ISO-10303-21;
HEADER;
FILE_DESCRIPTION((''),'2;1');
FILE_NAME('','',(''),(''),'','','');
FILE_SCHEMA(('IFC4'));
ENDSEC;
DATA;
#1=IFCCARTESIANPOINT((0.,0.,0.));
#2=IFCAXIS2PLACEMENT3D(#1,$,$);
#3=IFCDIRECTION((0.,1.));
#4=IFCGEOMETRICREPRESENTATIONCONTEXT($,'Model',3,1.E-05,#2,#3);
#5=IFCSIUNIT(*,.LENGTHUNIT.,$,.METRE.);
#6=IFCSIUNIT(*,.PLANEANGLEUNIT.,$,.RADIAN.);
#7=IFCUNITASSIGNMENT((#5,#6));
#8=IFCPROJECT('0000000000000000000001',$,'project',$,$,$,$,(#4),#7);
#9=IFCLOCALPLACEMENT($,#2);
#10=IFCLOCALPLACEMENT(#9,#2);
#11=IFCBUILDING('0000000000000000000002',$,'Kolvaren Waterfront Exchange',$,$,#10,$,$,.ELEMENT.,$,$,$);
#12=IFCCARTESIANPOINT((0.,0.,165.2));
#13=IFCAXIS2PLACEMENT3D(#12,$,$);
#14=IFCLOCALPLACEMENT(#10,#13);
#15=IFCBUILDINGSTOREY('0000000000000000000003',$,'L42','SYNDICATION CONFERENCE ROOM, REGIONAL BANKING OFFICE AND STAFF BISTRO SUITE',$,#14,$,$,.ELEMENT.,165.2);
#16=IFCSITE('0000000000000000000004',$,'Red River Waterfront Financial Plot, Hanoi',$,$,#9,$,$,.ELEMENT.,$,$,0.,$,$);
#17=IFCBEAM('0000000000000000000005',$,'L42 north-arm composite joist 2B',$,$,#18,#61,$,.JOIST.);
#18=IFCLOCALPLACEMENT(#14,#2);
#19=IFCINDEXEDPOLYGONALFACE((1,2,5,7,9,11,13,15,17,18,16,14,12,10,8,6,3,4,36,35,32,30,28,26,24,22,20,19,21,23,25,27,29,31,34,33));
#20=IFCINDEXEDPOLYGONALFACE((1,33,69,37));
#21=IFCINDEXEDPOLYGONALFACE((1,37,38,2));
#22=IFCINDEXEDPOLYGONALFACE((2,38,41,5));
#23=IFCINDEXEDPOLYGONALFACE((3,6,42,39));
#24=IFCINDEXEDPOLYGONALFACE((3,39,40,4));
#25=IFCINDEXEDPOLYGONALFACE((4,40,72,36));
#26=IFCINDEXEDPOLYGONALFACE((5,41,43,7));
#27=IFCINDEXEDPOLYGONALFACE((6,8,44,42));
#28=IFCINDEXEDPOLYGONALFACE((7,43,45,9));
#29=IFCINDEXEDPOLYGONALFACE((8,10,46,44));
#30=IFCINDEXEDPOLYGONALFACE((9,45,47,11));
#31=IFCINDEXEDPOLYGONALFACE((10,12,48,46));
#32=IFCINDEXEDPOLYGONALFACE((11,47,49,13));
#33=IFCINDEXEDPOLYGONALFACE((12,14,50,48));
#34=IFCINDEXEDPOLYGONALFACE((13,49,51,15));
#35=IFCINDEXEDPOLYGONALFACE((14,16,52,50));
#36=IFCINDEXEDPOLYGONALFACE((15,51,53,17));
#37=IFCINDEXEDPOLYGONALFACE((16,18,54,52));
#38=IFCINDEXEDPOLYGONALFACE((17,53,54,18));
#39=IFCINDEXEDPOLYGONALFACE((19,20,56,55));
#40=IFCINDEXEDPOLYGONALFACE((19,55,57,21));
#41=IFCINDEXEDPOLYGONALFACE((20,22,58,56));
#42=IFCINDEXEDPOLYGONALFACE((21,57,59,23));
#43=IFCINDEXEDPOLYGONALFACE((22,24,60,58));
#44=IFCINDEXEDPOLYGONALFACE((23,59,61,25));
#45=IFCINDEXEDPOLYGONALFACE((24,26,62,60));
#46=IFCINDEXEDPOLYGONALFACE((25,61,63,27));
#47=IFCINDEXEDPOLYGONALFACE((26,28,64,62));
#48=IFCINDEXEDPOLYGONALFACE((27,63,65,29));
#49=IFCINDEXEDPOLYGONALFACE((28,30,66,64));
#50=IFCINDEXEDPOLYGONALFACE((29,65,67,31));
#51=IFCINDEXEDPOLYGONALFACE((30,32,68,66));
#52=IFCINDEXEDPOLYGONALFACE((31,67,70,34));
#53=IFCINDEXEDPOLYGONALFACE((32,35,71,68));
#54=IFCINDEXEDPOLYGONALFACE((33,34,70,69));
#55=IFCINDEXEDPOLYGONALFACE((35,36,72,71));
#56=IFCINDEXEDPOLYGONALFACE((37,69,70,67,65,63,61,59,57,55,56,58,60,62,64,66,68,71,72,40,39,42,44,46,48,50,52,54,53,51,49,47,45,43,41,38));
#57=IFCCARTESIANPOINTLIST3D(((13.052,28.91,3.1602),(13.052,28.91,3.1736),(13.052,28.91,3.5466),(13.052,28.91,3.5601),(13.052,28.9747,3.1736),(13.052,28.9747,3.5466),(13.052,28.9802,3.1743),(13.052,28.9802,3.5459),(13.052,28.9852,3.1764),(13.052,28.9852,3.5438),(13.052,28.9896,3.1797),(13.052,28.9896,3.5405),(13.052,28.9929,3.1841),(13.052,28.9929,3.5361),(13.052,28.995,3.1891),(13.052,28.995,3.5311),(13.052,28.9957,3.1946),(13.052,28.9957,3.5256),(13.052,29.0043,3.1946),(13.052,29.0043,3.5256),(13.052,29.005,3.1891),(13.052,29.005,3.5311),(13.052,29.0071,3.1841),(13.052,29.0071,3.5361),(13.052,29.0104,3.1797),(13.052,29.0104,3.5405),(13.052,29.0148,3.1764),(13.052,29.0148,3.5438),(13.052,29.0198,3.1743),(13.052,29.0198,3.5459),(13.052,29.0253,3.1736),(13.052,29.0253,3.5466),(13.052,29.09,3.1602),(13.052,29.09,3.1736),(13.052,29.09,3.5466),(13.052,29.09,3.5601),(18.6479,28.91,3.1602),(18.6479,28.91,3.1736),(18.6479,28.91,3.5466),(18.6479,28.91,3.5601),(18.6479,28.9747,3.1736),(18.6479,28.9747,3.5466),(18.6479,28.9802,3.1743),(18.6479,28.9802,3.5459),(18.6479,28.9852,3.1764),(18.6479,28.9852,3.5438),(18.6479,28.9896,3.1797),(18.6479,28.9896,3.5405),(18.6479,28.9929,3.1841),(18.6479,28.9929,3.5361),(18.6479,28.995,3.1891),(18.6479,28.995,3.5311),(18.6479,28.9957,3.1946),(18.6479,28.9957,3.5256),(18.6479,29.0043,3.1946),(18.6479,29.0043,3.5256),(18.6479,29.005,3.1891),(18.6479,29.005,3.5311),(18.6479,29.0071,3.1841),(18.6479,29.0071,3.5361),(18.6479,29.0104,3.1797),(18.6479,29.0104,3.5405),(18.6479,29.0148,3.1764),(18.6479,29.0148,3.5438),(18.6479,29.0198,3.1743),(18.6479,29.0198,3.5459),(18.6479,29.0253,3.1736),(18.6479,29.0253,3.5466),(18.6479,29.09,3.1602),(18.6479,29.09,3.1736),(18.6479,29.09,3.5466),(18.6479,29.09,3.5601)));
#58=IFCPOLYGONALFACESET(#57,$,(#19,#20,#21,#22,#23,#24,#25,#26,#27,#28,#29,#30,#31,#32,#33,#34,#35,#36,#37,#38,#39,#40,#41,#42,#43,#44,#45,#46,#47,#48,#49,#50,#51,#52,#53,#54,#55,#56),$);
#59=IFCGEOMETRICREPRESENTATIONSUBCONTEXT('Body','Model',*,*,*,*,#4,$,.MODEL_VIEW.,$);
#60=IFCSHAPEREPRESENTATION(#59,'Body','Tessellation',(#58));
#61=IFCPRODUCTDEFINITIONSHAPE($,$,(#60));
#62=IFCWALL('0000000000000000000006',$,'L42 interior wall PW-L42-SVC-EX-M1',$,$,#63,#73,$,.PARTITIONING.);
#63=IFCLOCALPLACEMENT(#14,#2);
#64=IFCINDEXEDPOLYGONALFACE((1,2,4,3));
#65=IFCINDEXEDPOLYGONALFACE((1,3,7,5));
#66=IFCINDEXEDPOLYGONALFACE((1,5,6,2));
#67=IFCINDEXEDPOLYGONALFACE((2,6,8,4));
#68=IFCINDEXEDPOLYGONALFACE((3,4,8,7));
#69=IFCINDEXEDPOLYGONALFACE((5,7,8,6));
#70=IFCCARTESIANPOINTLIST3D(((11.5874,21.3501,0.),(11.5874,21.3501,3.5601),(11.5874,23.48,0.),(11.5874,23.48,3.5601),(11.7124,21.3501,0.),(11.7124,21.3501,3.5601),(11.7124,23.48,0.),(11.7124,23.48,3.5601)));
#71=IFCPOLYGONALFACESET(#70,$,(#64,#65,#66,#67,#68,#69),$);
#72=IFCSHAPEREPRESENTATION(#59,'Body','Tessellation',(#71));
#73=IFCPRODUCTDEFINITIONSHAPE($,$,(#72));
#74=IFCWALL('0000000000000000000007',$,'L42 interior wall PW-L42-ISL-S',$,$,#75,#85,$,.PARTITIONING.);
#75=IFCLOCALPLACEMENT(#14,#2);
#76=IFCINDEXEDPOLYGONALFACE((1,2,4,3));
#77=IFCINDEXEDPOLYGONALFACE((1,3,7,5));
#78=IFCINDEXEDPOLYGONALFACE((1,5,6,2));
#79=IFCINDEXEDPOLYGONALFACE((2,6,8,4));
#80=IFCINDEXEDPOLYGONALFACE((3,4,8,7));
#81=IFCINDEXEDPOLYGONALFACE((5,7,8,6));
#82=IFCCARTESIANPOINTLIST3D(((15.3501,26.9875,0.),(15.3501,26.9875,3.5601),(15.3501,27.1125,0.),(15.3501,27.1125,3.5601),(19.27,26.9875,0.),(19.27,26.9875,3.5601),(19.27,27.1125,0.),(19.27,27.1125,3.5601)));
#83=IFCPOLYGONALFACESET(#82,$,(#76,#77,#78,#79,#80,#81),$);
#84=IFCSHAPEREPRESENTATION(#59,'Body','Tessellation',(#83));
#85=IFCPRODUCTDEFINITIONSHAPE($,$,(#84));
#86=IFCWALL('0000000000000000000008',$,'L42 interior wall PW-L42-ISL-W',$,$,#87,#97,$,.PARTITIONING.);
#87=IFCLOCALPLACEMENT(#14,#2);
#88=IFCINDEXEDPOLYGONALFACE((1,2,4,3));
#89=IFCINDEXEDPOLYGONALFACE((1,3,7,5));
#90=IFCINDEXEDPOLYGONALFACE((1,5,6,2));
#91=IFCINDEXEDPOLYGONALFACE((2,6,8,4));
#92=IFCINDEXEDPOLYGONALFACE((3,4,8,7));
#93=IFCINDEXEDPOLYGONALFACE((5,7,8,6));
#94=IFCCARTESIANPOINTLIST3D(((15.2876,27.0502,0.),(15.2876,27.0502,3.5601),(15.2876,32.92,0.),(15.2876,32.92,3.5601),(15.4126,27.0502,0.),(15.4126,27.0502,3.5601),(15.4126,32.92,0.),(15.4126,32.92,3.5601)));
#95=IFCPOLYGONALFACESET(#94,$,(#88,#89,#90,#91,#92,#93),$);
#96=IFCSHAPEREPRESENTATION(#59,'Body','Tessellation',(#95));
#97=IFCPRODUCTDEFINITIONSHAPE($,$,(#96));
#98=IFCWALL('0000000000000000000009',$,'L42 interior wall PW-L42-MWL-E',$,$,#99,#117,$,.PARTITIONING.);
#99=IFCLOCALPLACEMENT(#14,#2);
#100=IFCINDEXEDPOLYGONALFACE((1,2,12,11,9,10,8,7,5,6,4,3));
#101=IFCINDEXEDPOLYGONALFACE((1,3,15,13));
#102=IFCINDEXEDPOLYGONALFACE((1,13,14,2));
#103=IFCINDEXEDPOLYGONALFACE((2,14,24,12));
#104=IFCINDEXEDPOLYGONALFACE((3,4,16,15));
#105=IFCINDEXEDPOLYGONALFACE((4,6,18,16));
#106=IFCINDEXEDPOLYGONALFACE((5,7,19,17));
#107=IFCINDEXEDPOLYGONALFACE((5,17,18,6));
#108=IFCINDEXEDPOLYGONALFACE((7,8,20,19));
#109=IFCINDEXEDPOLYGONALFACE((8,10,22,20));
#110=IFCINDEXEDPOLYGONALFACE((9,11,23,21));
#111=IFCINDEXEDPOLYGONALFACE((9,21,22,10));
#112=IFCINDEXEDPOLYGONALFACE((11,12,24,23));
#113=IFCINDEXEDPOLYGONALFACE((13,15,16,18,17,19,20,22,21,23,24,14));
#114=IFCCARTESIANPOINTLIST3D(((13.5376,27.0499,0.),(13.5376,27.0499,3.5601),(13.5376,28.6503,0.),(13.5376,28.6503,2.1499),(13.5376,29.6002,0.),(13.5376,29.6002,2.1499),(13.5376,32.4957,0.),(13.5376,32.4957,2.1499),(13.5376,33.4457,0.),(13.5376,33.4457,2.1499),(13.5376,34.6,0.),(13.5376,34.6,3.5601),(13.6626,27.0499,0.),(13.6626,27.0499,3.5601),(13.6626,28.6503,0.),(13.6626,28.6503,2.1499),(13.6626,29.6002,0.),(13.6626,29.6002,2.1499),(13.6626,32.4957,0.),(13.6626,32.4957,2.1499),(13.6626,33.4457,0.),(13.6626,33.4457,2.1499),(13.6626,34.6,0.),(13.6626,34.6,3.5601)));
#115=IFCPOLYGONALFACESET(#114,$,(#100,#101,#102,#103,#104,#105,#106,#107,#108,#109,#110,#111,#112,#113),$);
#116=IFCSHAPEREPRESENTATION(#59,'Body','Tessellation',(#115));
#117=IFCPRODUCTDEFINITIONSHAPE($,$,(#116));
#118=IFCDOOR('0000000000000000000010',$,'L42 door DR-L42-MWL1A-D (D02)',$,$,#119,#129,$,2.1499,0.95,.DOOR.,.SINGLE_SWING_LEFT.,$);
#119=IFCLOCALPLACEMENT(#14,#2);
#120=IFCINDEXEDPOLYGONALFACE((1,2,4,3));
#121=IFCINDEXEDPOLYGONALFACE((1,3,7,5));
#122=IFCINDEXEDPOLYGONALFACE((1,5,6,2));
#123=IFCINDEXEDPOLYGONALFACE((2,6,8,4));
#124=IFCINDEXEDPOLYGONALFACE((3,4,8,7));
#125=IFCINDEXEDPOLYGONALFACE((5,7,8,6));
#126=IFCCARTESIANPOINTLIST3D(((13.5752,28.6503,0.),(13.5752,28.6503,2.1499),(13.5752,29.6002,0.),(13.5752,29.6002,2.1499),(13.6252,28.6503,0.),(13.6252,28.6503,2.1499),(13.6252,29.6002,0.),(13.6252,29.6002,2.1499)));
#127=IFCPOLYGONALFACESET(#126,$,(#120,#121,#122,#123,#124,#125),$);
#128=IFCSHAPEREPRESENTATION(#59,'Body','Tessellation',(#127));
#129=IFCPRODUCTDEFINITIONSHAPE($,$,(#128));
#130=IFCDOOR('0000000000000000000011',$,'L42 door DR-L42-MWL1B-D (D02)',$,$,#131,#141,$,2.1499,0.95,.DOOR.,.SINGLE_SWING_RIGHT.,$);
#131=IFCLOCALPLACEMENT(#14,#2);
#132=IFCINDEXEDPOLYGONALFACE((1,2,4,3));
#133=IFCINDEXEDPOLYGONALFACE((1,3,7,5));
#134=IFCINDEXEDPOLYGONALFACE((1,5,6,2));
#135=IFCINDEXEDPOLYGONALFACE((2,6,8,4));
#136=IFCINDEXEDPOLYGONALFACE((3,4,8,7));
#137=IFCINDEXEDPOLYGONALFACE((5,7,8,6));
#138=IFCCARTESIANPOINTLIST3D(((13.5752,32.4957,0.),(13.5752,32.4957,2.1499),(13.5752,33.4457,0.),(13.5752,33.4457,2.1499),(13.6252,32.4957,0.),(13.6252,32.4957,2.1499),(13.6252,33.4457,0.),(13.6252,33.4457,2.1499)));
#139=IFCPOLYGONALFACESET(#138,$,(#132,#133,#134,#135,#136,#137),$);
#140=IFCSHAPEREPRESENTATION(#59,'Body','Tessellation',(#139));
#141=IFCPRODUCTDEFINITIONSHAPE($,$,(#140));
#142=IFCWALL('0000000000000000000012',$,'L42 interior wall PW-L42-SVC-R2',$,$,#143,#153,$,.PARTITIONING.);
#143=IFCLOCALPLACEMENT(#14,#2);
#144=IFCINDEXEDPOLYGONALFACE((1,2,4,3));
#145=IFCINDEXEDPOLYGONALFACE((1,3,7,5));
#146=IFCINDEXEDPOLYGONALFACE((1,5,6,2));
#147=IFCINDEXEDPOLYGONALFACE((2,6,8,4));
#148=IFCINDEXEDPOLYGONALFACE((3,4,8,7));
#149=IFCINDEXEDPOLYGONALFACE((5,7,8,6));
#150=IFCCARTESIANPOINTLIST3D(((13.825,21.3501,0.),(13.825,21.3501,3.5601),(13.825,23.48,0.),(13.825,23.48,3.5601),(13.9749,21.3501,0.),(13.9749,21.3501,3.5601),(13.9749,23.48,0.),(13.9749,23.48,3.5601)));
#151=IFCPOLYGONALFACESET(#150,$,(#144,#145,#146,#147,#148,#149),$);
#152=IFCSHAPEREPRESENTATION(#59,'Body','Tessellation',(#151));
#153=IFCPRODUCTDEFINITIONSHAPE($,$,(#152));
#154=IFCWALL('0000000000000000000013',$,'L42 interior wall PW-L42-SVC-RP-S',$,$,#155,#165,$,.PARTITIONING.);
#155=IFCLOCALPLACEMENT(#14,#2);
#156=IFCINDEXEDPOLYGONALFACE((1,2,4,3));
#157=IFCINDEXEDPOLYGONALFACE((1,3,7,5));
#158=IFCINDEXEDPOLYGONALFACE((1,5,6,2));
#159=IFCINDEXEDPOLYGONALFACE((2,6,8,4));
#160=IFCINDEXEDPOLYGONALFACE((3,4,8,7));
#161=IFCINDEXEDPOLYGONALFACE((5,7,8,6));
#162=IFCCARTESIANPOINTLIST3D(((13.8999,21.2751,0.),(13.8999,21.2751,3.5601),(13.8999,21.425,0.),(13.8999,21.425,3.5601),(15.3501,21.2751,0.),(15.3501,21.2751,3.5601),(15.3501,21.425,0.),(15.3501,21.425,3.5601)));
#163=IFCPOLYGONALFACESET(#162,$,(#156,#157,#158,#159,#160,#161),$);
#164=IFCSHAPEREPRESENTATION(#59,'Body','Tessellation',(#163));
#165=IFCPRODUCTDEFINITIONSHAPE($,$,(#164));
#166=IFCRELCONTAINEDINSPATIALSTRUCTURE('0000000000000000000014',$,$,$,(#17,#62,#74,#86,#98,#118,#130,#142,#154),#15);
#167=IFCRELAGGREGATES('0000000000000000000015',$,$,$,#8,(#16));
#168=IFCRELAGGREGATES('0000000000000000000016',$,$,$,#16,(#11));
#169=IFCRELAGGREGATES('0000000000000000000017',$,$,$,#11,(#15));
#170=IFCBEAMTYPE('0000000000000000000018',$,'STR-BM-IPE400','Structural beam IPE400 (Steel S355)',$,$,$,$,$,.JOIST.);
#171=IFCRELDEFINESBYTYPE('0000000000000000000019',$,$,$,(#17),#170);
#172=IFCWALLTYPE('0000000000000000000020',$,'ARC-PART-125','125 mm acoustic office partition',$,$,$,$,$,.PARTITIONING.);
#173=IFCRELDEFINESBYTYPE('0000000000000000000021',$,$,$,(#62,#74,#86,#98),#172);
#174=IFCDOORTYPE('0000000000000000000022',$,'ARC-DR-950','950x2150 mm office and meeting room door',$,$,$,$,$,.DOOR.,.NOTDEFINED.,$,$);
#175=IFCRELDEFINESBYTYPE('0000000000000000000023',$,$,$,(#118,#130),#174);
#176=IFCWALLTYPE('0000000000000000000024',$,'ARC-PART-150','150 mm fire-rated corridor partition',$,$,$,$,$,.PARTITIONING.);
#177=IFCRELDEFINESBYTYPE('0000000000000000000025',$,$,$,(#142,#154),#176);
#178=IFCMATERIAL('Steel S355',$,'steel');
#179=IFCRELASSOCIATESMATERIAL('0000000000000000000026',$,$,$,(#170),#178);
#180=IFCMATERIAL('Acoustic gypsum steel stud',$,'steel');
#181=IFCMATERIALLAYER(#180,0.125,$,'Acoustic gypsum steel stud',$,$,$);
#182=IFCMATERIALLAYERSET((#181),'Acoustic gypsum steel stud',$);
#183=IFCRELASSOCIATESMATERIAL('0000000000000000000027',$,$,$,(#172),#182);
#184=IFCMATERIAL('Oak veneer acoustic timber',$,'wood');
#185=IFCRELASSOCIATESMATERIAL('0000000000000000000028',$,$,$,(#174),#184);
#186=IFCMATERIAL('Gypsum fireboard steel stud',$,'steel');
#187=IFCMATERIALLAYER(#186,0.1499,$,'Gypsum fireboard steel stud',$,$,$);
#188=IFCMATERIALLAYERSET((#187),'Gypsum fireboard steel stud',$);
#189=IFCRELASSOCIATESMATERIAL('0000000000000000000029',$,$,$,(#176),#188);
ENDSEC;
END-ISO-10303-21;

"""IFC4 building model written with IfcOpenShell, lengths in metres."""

from ifc_helpers import new_model, si_unit, direction, frame, frame_2d, origin, origin_2d, place, context, subcontext, project, spatial, rectangle, i_section, extrude, material, layer, layer_set, material_profile, profile_set, type_object, element, fill, save


model = new_model("IFC4")

# Units and contexts
model_context = context("Model", 3, precision=1e-05, world=origin(), true_north=direction((0.0, 1.0)))
body_context = subcontext(model_context, "Body", "Model", "MODEL_VIEW")
ifc_project = project(units=[si_unit("LENGTHUNIT", "METRE"), si_unit("PLANEANGLEUNIT", "RADIAN")], contexts=[model_context])

# Site, building, storey
site_placement = place(None, origin())
site = spatial("IfcSite", under=ifc_project, at=site_placement, Name="Red River Waterfront Financial Plot, Hanoi", CompositionType="ELEMENT", RefElevation=0.0)
building_placement = place(site_placement, origin())
building = spatial("IfcBuilding", under=site, at=building_placement, Name="Kolvaren Waterfront Exchange", CompositionType="ELEMENT")
storey_placement = place(building_placement, frame((0.0, 0.0, 165.2)))
storey = spatial("IfcBuildingStorey", under=building, at=storey_placement, Name="L42", Description="SYNDICATION CONFERENCE ROOM, REGIONAL BANKING OFFICE AND STAFF BISTRO SUITE", CompositionType="ELEMENT", Elevation=165.2)

# Beam
ifc_material_1 = material(Name="Steel S355", Category="steel")
ifc_material_profile_1 = material_profile(ifc_material_1, i_section(OverallWidth=0.1799, OverallDepth=0.3999, WebThickness=0.0085, FlangeThickness=0.0134, FilletRadius=0.021, at=origin_2d()), Name="IPE400")
ifc_profile_set_1 = profile_set([ifc_material_profile_1], Name="Steel S355")
beam_type_1 = type_object("IfcBeamType", Name="STR-BM-IPE400", Description="Structural beam IPE400 (Steel S355)", PredefinedType="JOIST", material=ifc_profile_set_1)
for number, where, z_axis, x_axis, name in (
    (1, (13.052, 29.0, 3.3601), (1.0, 0.0, 0.0), (0.0, 1.0, 0.0), "L42 north-arm composite joist 2B"),
):
    element("IfcBeam", number, at=place(storey_placement, frame(where, z_axis=z_axis, x_axis=x_axis)), inside=storey, type_object=beam_type_1, Name=name, PredefinedType="JOIST", context=body_context, shape_type="SweptSolid", body=[
        extrude(i_section(OverallWidth=0.1799, OverallDepth=0.3999, WebThickness=0.0085, FlangeThickness=0.0134, FilletRadius=0.021, at=origin_2d()), origin(), (0.0, 0.0, 1.0), 5.5959),
    ])

# Walls
ifc_material_2 = material(Name="Acoustic gypsum steel stud", Category="steel")
ifc_layer_1 = layer(ifc_material_2, 0.125, Name="Acoustic gypsum steel stud")
ifc_layer_set_1 = layer_set([ifc_layer_1], Name="Acoustic gypsum steel stud")
wall_type_1 = type_object("IfcWallType", Name="ARC-PART-125", Description="125 mm acoustic office partition", PredefinedType="PARTITIONING", material=ifc_layer_set_1)
wall_1_placement = place(storey_placement, frame((11.6499, 21.3501, 0.0), z_axis=(0.0, 0.0, 1.0), x_axis=(0.0, 1.0, 0.0)))
element("IfcWall", 2, at=wall_1_placement, inside=storey, type_object=wall_type_1, Name="L42 interior wall PW-L42-SVC-EX-M1", PredefinedType="PARTITIONING", context=body_context, shape_type="SweptSolid", body=[
    extrude(rectangle(XDim=2.1299, YDim=0.125, at=frame_2d((1.0649, 0.0))), origin(), (0.0, 0.0, 1.0), 3.5601),
])
wall_2_placement = place(storey_placement, frame((15.3501, 27.05, 0.0), z_axis=(0.0, 0.0, 1.0), x_axis=(1.0, 0.0, 0.0)))
element("IfcWall", 3, at=wall_2_placement, inside=storey, type_object=wall_type_1, Name="L42 interior wall PW-L42-ISL-S", PredefinedType="PARTITIONING", context=body_context, shape_type="SweptSolid", body=[
    extrude(rectangle(XDim=3.9199, YDim=0.125, at=frame_2d((1.96, 0.0))), origin(), (0.0, 0.0, 1.0), 3.5601),
])
wall_3_placement = place(storey_placement, frame((15.3501, 27.05, 0.0), z_axis=(0.0, 0.0, 1.0), x_axis=(0.0, 1.0, 0.0)))
element("IfcWall", 4, at=wall_3_placement, inside=storey, type_object=wall_type_1, Name="L42 interior wall PW-L42-ISL-W", PredefinedType="PARTITIONING", context=body_context, shape_type="SweptSolid", body=[
    extrude(rectangle(XDim=5.8699, YDim=0.125, at=frame_2d((2.9351, 0.0))), origin(), (0.0, 0.0, 1.0), 3.5601),
])

# Wall, openings, doors
wall_4_placement = place(storey_placement, frame((13.6001, 27.05, 0.0), z_axis=(0.0, 0.0, 1.0), x_axis=(0.0, 1.0, 0.0)))
wall_4 = element("IfcWall", 5, at=wall_4_placement, inside=storey, type_object=wall_type_1, Name="L42 interior wall PW-L42-MWL-E", PredefinedType="PARTITIONING", context=body_context, shape_type="SweptSolid", body=[
    extrude(rectangle(XDim=7.55, YDim=0.125, at=frame_2d((3.7749, 0.0))), origin(), (0.0, 0.0, 1.0), 3.5601),
])
opening_1_placement = place(wall_4_placement, frame((1.6001, 0.0, 0.0)))
opening_1 = element("IfcOpeningElement", 6, at=opening_1_placement, cuts=wall_4, PredefinedType="OPENING", context=body_context, shape_type="SweptSolid", body=[
    extrude(rectangle(XDim=0.95, YDim=2.1499, at=frame_2d((0.4751, 1.075))), frame((0.0, 0.0725, 0.0), z_axis=(0.0, -1.0, 0.0), x_axis=(1.0, 0.0, 0.0)), (0.0, 0.0, 1.0), 0.145),
])
opening_2_placement = place(wall_4_placement, frame((5.4456, 0.0, 0.0)))
opening_2 = element("IfcOpeningElement", 7, at=opening_2_placement, cuts=wall_4, PredefinedType="OPENING", context=body_context, shape_type="SweptSolid", body=[
    extrude(rectangle(XDim=0.95, YDim=2.1499, at=frame_2d((0.4751, 1.075))), frame((0.0, 0.0725, 0.0), z_axis=(0.0, -1.0, 0.0), x_axis=(1.0, 0.0, 0.0)), (0.0, 0.0, 1.0), 0.145),
])
ifc_material_3 = material(Name="Oak veneer acoustic timber", Category="wood")
door_type = type_object("IfcDoorType", Name="ARC-DR-950", Description="950x2150 mm office and meeting room door", OperationType="NOTDEFINED", PredefinedType="DOOR", material=ifc_material_3)
door_1_placement = place(opening_1_placement, origin())
door_1 = element("IfcDoor", 8, at=door_1_placement, inside=storey, type_object=door_type, Name="L42 door DR-L42-MWL1A-D (D02)", OperationType="SINGLE_SWING_LEFT", OverallHeight=2.1499, OverallWidth=0.95, PredefinedType="DOOR", context=body_context, shape_type="SweptSolid", body=[
    extrude(rectangle(XDim=0.95, YDim=2.1499, at=frame_2d((0.4751, 1.075))), frame((0.0, 0.0249, 0.0), z_axis=(0.0, -1.0, 0.0), x_axis=(1.0, 0.0, 0.0)), (0.0, 0.0, 1.0), 0.05),
])
fill(opening_1, door_1)
door_2_placement = place(opening_2_placement, origin())
door_2 = element("IfcDoor", 9, at=door_2_placement, inside=storey, type_object=door_type, Name="L42 door DR-L42-MWL1B-D (D02)", OperationType="SINGLE_SWING_RIGHT", OverallHeight=2.1499, OverallWidth=0.95, PredefinedType="DOOR", context=body_context, shape_type="SweptSolid", body=[
    extrude(rectangle(XDim=0.95, YDim=2.1499, at=frame_2d((0.4751, 1.075))), frame((0.0, 0.0249, 0.0), z_axis=(0.0, -1.0, 0.0), x_axis=(1.0, 0.0, 0.0)), (0.0, 0.0, 1.0), 0.05),
])
fill(opening_2, door_2)

# Walls
ifc_material_4 = material(Name="Gypsum fireboard steel stud", Category="steel")
ifc_layer_2 = layer(ifc_material_4, 0.1499, Name="Gypsum fireboard steel stud")
ifc_layer_set_2 = layer_set([ifc_layer_2], Name="Gypsum fireboard steel stud")
wall_type_2 = type_object("IfcWallType", Name="ARC-PART-150", Description="150 mm fire-rated corridor partition", PredefinedType="PARTITIONING", material=ifc_layer_set_2)
wall_5_placement = place(storey_placement, frame((13.8999, 21.3501, 0.0), z_axis=(0.0, 0.0, 1.0), x_axis=(0.0, 1.0, 0.0)))
element("IfcWall", 10, at=wall_5_placement, inside=storey, type_object=wall_type_2, Name="L42 interior wall PW-L42-SVC-R2", PredefinedType="PARTITIONING", context=body_context, shape_type="SweptSolid", body=[
    extrude(rectangle(XDim=2.1299, YDim=0.1499, at=frame_2d((1.0649, 0.0))), origin(), (0.0, 0.0, 1.0), 3.5601),
])
wall_6_placement = place(storey_placement, frame((13.8999, 21.3501, 0.0), z_axis=(0.0, 0.0, 1.0), x_axis=(1.0, 0.0, 0.0)))
element("IfcWall", 11, at=wall_6_placement, inside=storey, type_object=wall_type_2, Name="L42 interior wall PW-L42-SVC-RP-S", PredefinedType="PARTITIONING", context=body_context, shape_type="SweptSolid", body=[
    extrude(rectangle(XDim=1.4502, YDim=0.1499, at=frame_2d((0.7251, 0.0))), origin(), (0.0, 0.0, 1.0), 3.5601),
])

save(model, "model.ifc")
